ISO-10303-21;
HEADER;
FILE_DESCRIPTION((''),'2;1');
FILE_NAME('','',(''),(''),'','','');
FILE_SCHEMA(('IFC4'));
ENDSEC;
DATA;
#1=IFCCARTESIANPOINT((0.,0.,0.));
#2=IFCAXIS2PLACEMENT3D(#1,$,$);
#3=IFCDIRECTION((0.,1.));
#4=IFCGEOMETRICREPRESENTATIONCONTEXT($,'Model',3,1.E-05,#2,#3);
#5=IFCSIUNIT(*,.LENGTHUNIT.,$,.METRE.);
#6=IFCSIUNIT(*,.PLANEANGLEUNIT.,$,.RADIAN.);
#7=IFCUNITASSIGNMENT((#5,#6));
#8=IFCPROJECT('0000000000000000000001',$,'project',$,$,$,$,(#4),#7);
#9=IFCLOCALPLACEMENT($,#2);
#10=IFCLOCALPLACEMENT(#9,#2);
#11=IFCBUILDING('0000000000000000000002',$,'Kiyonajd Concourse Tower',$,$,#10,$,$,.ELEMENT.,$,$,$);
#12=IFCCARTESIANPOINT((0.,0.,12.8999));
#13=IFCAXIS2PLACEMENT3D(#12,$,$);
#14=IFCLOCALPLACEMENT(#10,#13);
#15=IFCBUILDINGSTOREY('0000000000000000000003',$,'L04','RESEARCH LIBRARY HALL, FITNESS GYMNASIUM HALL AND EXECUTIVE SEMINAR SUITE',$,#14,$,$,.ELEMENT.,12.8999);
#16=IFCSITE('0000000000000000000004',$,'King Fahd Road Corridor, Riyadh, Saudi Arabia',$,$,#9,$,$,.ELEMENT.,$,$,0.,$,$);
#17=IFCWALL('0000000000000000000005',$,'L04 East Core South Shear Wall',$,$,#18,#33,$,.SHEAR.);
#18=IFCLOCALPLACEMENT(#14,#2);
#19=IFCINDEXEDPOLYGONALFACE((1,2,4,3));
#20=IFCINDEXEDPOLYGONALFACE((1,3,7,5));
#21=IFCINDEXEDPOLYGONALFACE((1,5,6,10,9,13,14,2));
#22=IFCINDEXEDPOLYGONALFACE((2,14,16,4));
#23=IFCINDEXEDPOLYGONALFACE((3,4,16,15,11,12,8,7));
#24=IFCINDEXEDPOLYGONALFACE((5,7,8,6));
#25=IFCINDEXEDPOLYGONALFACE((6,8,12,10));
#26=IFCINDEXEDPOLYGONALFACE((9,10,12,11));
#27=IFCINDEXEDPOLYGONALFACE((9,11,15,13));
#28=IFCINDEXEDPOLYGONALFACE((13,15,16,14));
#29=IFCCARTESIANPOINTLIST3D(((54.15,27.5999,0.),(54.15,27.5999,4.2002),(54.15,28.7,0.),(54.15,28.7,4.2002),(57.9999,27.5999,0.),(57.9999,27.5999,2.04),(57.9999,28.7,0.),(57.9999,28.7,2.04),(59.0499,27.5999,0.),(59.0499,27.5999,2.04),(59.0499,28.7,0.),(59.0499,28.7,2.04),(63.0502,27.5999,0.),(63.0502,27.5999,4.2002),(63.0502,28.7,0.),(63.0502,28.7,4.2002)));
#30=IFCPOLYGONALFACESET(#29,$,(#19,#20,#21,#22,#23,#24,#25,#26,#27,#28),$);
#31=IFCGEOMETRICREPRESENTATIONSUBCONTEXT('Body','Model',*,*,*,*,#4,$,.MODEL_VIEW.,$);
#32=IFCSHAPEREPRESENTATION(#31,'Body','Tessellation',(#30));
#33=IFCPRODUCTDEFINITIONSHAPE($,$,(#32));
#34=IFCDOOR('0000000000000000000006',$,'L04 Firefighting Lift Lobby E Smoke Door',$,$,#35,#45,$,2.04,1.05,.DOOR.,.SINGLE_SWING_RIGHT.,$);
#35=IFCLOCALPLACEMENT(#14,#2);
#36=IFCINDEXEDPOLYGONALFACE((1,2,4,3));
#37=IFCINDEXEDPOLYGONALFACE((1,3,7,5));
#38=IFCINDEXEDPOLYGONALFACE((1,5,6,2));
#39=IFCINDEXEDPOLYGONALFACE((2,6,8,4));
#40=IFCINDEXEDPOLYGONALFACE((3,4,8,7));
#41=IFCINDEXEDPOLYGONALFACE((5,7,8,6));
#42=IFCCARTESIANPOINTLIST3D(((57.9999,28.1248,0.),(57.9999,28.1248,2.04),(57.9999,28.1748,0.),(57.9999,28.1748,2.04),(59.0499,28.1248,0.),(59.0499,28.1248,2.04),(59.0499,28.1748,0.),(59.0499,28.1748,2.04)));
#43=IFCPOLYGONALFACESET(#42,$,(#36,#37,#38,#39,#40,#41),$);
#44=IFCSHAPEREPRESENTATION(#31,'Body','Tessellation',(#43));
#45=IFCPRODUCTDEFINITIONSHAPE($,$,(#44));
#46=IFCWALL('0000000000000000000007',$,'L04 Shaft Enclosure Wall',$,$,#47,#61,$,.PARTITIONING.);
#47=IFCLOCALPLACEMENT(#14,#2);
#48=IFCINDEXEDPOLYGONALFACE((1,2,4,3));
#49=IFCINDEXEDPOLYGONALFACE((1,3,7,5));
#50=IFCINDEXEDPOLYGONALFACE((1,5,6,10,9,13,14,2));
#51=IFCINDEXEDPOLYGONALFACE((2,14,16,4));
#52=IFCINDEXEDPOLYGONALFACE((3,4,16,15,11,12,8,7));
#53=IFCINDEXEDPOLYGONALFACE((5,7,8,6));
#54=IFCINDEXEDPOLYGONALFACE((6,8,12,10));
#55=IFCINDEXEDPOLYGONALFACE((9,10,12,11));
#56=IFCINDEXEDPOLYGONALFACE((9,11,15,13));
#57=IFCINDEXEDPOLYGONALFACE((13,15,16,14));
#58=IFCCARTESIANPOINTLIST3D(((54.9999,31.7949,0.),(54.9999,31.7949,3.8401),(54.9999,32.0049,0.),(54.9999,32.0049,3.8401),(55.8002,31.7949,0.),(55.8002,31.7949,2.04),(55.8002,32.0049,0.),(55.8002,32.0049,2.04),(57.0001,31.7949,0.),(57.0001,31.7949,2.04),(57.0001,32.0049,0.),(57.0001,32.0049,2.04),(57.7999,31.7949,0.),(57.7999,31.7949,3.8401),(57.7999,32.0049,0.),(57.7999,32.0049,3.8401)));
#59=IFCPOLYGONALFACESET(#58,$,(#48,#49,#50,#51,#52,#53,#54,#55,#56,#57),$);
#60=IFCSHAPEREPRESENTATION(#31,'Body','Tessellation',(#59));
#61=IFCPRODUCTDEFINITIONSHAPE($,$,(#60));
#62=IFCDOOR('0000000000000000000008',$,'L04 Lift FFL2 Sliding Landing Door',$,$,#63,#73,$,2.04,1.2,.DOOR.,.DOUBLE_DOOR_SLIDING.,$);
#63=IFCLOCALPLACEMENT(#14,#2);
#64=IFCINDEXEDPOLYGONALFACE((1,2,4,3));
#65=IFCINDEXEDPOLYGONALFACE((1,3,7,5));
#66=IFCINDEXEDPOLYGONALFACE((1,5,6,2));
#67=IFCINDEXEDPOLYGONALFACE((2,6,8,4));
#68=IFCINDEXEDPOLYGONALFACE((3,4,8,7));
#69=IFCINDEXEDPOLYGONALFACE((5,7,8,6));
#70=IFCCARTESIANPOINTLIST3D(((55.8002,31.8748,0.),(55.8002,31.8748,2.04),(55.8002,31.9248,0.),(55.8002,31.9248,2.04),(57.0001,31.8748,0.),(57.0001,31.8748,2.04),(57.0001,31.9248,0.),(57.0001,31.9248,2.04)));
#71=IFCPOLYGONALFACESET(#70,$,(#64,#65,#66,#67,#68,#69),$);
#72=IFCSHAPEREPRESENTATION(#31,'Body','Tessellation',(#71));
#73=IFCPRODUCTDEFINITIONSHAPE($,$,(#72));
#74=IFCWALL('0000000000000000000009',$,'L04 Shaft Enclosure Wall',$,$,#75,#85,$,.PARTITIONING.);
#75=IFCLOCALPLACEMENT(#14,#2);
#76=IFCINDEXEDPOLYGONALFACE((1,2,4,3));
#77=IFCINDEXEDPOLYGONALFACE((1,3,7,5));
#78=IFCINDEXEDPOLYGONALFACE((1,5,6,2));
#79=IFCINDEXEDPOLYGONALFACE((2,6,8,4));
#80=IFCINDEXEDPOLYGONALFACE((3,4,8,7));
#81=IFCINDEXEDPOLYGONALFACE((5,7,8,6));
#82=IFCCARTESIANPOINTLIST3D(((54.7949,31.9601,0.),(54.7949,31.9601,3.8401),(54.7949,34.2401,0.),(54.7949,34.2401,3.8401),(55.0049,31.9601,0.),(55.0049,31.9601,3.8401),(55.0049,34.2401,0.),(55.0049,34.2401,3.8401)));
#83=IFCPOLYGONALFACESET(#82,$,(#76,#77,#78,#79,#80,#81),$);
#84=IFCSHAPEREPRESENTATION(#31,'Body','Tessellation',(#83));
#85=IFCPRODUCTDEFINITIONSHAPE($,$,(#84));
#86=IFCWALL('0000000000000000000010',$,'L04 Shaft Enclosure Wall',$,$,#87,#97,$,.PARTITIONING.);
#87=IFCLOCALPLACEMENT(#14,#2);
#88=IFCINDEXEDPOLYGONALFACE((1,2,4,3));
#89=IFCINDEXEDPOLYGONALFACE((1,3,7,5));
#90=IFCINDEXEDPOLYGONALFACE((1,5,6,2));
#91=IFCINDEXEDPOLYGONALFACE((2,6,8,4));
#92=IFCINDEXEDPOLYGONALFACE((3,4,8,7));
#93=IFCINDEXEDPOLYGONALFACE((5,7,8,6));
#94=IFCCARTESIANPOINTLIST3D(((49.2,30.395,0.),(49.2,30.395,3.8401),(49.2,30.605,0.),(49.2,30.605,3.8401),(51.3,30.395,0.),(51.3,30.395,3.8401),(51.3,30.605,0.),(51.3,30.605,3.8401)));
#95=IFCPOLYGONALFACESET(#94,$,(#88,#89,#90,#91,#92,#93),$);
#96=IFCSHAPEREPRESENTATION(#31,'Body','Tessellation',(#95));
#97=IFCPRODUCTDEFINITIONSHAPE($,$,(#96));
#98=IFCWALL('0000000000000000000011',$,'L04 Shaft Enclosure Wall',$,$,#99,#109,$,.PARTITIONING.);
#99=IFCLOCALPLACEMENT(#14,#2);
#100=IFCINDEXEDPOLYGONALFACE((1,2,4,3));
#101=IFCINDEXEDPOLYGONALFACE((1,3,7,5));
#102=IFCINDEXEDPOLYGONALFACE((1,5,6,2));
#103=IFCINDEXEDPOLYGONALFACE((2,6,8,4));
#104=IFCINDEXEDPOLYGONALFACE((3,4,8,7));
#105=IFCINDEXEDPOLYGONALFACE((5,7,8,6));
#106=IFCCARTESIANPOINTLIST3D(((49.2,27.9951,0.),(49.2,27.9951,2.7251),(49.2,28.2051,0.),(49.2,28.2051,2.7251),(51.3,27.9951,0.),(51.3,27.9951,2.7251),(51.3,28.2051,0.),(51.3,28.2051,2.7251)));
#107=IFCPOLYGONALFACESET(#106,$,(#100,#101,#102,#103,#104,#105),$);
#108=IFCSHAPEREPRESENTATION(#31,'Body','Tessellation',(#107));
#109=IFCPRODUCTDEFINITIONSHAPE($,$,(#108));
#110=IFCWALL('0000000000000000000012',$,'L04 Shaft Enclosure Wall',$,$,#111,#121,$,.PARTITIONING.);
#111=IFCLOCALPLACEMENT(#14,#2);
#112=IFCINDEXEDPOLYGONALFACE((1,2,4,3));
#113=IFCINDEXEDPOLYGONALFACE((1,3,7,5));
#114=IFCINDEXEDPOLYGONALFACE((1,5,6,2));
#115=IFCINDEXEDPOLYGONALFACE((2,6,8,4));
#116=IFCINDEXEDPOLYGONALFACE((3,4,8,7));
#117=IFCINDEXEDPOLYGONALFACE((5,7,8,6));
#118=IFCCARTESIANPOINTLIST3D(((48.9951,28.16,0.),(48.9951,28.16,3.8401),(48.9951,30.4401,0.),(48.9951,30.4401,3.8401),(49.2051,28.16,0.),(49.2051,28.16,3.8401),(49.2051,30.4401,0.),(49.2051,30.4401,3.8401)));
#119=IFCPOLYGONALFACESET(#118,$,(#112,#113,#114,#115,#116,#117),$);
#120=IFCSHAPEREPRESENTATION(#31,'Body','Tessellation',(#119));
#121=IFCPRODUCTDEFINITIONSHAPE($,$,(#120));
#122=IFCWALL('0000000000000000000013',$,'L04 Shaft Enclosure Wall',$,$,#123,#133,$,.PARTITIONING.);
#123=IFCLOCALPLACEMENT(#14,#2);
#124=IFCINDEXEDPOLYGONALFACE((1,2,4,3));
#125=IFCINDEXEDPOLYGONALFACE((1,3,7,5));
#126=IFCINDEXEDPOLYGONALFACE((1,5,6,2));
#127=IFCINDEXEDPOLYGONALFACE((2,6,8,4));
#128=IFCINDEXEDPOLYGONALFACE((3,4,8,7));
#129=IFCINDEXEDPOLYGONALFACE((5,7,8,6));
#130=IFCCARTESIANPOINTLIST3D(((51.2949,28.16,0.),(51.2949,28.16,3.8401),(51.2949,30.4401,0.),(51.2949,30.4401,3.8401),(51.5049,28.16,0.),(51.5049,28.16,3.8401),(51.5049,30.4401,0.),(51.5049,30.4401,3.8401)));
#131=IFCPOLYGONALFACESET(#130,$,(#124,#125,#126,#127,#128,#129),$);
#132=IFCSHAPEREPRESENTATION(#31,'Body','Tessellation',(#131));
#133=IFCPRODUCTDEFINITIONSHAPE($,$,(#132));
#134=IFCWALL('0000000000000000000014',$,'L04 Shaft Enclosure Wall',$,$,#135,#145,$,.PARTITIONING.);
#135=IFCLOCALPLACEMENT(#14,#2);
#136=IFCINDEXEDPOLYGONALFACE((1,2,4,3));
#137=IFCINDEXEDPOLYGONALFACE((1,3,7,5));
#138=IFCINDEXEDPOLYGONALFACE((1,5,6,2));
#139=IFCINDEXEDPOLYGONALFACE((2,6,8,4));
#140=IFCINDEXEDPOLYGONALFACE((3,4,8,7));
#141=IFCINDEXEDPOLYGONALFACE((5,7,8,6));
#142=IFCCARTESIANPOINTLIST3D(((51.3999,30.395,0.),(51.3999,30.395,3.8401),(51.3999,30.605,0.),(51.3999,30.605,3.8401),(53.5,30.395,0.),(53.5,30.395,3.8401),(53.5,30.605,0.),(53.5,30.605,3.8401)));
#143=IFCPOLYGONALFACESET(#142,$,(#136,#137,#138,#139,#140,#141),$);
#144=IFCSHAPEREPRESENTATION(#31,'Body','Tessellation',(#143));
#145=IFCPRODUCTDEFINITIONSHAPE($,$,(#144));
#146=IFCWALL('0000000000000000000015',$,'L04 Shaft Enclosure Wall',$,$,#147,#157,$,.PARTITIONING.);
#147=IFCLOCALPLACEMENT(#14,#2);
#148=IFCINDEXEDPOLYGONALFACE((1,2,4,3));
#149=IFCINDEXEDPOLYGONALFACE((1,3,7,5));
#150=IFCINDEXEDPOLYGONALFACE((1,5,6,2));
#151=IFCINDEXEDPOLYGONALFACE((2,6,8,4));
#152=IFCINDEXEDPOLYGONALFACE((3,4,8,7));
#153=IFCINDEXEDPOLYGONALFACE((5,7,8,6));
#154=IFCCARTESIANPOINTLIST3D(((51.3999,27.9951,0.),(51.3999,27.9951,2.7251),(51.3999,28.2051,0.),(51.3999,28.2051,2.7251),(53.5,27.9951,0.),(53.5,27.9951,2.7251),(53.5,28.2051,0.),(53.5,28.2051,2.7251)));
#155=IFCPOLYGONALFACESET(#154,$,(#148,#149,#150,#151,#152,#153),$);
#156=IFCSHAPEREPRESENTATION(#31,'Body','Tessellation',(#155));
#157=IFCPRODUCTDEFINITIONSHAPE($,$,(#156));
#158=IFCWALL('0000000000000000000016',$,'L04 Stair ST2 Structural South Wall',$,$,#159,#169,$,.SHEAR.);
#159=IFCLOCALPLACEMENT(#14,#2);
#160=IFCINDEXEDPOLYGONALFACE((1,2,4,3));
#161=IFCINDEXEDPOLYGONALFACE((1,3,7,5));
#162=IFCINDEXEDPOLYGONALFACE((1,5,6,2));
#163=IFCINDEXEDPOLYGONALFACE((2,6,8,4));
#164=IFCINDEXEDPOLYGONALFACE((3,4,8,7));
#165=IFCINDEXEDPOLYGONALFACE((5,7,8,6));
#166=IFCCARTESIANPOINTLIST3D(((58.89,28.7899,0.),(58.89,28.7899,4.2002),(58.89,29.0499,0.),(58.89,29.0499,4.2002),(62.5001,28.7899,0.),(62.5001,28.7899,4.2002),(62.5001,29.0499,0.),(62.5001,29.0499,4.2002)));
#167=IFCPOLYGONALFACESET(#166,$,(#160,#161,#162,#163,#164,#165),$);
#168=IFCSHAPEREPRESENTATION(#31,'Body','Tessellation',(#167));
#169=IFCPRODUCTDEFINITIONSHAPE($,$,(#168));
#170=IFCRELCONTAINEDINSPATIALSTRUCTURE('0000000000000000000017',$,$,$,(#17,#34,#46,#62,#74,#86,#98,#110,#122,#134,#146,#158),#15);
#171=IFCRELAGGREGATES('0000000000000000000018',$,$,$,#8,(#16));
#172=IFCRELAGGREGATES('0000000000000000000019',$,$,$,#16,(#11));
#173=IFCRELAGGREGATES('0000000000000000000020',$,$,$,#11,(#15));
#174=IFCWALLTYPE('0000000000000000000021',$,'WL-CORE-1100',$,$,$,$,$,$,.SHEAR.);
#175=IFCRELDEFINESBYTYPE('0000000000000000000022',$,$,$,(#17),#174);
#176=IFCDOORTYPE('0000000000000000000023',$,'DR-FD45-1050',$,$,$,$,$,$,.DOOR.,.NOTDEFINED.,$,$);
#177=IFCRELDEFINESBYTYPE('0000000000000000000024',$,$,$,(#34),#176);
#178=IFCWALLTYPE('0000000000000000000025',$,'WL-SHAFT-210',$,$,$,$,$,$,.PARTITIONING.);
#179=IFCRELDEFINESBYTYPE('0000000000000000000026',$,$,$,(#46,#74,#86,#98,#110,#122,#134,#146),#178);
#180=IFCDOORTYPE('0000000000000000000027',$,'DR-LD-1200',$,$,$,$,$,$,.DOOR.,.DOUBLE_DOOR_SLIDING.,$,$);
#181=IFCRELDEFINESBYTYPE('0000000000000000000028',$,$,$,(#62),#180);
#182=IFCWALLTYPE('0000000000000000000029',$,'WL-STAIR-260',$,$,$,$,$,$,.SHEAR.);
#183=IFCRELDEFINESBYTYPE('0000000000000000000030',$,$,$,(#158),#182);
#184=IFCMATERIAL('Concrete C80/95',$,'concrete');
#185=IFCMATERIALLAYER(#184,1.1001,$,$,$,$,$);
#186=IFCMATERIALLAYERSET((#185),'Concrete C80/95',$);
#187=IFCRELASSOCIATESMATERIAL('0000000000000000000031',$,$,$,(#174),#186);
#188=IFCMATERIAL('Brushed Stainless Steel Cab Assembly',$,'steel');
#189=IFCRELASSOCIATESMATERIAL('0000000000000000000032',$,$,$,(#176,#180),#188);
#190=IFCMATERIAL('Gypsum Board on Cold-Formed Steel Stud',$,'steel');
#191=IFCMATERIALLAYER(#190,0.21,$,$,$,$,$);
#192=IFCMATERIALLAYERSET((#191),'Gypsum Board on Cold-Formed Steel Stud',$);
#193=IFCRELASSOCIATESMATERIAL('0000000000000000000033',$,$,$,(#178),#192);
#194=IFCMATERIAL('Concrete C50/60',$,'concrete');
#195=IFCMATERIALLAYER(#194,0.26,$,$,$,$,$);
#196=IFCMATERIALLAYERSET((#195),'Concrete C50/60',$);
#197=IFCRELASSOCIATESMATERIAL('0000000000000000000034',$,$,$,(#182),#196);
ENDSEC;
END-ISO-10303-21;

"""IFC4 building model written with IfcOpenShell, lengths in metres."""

from ifc_helpers import new_model, si_unit, direction, frame, frame_2d, origin, place, context, subcontext, project, spatial, rectangle, extrude, material, layer, layer_set, type_object, element, fill, save


model = new_model("IFC4")

# Units and contexts
model_context = context("Model", 3, precision=1e-05, world=origin(), true_north=direction((0.0, 1.0)))
body_context = subcontext(model_context, "Body", "Model", "MODEL_VIEW")
ifc_project = project(units=[si_unit("LENGTHUNIT", "METRE"), si_unit("PLANEANGLEUNIT", "RADIAN")], contexts=[model_context])

# Site, building, storey
site_placement = place(None, origin())
site = spatial("IfcSite", under=ifc_project, at=site_placement, Name="King Fahd Road Corridor, Riyadh, Saudi Arabia", CompositionType="ELEMENT", RefElevation=0.0)
building_placement = place(site_placement, origin())
building = spatial("IfcBuilding", under=site, at=building_placement, Name="Kiyonajd Concourse Tower", CompositionType="ELEMENT")
storey_placement = place(building_placement, frame((0.0, 0.0, 12.8999)))
storey = spatial("IfcBuildingStorey", under=building, at=storey_placement, Name="L04", Description="RESEARCH LIBRARY HALL, FITNESS GYMNASIUM HALL AND EXECUTIVE SEMINAR SUITE", CompositionType="ELEMENT", Elevation=12.8999)

# Shared definitions
ifc_material_1 = material(Name="Concrete C80/95", Category="concrete")

# Shared definitions
ifc_material_2 = material(Name="Concrete C50/60", Category="concrete")

# Shared definitions
ifc_layer_1 = layer(ifc_material_1, 1.1001)
ifc_layer_set_1 = layer_set([ifc_layer_1], Name="Concrete C80/95")
wall_type_1 = type_object("IfcWallType", Name="WL-CORE-1100", PredefinedType="SHEAR", material=ifc_layer_set_1)

# Walls, openings, doors
wall_1_placement = place(storey_placement, frame((54.1499, 28.1499, 0.0), z_axis=(0.0, 0.0, 1.0), x_axis=(1.0, 0.0, 0.0)))
wall_1 = element("IfcWall", 1, at=wall_1_placement, inside=storey, type_object=wall_type_1, Name="L04 East Core South Shear Wall", PredefinedType="SHEAR", context=body_context, shape_type="SweptSolid", body=[
    extrude(rectangle(XDim=8.9001, YDim=1.1001, at=frame_2d((4.4502, 0.0))), origin(), (0.0, 0.0, 1.0), 4.2002),
])
opening_1_placement = place(wall_1_placement, frame((3.8501, 0.0, 0.0)))
opening_1 = element("IfcOpeningElement", 2, at=opening_1_placement, cuts=wall_1, PredefinedType="OPENING", context=body_context, shape_type="SweptSolid", body=[
    extrude(rectangle(XDim=1.05, YDim=2.04, at=frame_2d((0.5249, 1.02))), frame((0.0, 0.5601, 0.0), z_axis=(0.0, -1.0, 0.0), x_axis=(1.0, 0.0, 0.0)), (0.0, 0.0, 1.0), 1.1201),
])
ifc_material_3 = material(Name="Brushed Stainless Steel Cab Assembly", Category="steel")
door_type_1 = type_object("IfcDoorType", Name="DR-FD45-1050", OperationType="NOTDEFINED", PredefinedType="DOOR", material=ifc_material_3)
door_1_placement = place(opening_1_placement, origin())
door_1 = element("IfcDoor", 3, at=door_1_placement, inside=storey, type_object=door_type_1, Name="L04 Firefighting Lift Lobby E Smoke Door", OperationType="SINGLE_SWING_RIGHT", OverallHeight=2.04, OverallWidth=1.05, PredefinedType="DOOR", context=body_context, shape_type="SweptSolid", body=[
    extrude(rectangle(XDim=1.05, YDim=2.04, at=frame_2d((0.5249, 1.02))), frame((0.0, 0.0249, 0.0), z_axis=(0.0, -1.0, 0.0), x_axis=(1.0, 0.0, 0.0)), (0.0, 0.0, 1.0), 0.05),
])
fill(opening_1, door_1)
ifc_material_4 = material(Name="Gypsum Board on Cold-Formed Steel Stud", Category="steel")
ifc_layer_2 = layer(ifc_material_4, 0.21)
ifc_layer_set_2 = layer_set([ifc_layer_2], Name="Gypsum Board on Cold-Formed Steel Stud")
wall_type_2 = type_object("IfcWallType", Name="WL-SHAFT-210", PredefinedType="PARTITIONING", material=ifc_layer_set_2)
wall_2_placement = place(storey_placement, frame((55.0, 31.8999, 0.0), z_axis=(0.0, 0.0, 1.0), x_axis=(1.0, 0.0, 0.0)))
wall_2 = element("IfcWall", 4, at=wall_2_placement, inside=storey, type_object=wall_type_2, Name="L04 Shaft Enclosure Wall", PredefinedType="PARTITIONING", context=body_context, shape_type="SweptSolid", body=[
    extrude(rectangle(XDim=2.8, YDim=0.21, at=frame_2d((1.3999, 0.0))), origin(), (0.0, 0.0, 1.0), 3.8401),
])
opening_2_placement = place(wall_2_placement, frame((0.8, 0.0, 0.0)))
opening_2 = element("IfcOpeningElement", 5, at=opening_2_placement, cuts=wall_2, PredefinedType="OPENING", context=body_context, shape_type="SweptSolid", body=[
    extrude(rectangle(XDim=1.2, YDim=2.04, at=frame_2d((0.6001, 1.02))), frame((0.0, 0.115, 0.0), z_axis=(0.0, -1.0, 0.0), x_axis=(1.0, 0.0, 0.0)), (0.0, 0.0, 1.0), 0.23),
])
door_type_2 = type_object("IfcDoorType", Name="DR-LD-1200", OperationType="DOUBLE_DOOR_SLIDING", PredefinedType="DOOR", material=ifc_material_3)
door_2_placement = place(opening_2_placement, origin())
door_2 = element("IfcDoor", 6, at=door_2_placement, inside=storey, type_object=door_type_2, Name="L04 Lift FFL2 Sliding Landing Door", OperationType="DOUBLE_DOOR_SLIDING", OverallHeight=2.04, OverallWidth=1.2, PredefinedType="DOOR", context=body_context, shape_type="SweptSolid", body=[
    extrude(rectangle(XDim=1.2, YDim=2.04, at=frame_2d((0.6001, 1.02))), frame((0.0, 0.0249, 0.0), z_axis=(0.0, -1.0, 0.0), x_axis=(1.0, 0.0, 0.0)), (0.0, 0.0, 1.0), 0.05),
])
fill(opening_2, door_2)

# Walls
wall_3_placement = place(storey_placement, frame((54.8999, 31.96, 0.0), z_axis=(0.0, 0.0, 1.0), x_axis=(0.0, 1.0, 0.0)))
element("IfcWall", 7, at=wall_3_placement, inside=storey, type_object=wall_type_2, Name="L04 Shaft Enclosure Wall", PredefinedType="PARTITIONING", context=body_context, shape_type="SweptSolid", body=[
    extrude(rectangle(XDim=2.28, YDim=0.21, at=frame_2d((1.1401, 0.0))), origin(), (0.0, 0.0, 1.0), 3.8401),
])
wall_4_placement = place(storey_placement, frame((49.2, 30.5, 0.0), z_axis=(0.0, 0.0, 1.0), x_axis=(1.0, 0.0, 0.0)))
element("IfcWall", 8, at=wall_4_placement, inside=storey, type_object=wall_type_2, Name="L04 Shaft Enclosure Wall", PredefinedType="PARTITIONING", context=body_context, shape_type="SweptSolid", body=[
    extrude(rectangle(XDim=2.1001, YDim=0.21, at=frame_2d((1.05, 0.0))), origin(), (0.0, 0.0, 1.0), 3.8401),
])
wall_5_placement = place(storey_placement, frame((49.2, 28.1001, 0.0), z_axis=(0.0, 0.0, 1.0), x_axis=(1.0, 0.0, 0.0)))
element("IfcWall", 9, at=wall_5_placement, inside=storey, type_object=wall_type_2, Name="L04 Shaft Enclosure Wall", PredefinedType="PARTITIONING", context=body_context, shape_type="SweptSolid", body=[
    extrude(rectangle(XDim=2.1001, YDim=0.21, at=frame_2d((1.05, 0.0))), origin(), (0.0, 0.0, 1.0), 2.7251),
])
for number, where, z_axis, x_axis, name in (
    (10, (49.1001, 28.1599, 0.0), (0.0, 0.0, 1.0), (0.0, 1.0, 0.0), "L04 Shaft Enclosure Wall"),
    (11, (51.3999, 28.1599, 0.0), (0.0, 0.0, 1.0), (0.0, 1.0, 0.0), "L04 Shaft Enclosure Wall"),
):
    element("IfcWall", number, at=place(storey_placement, frame(where, z_axis=z_axis, x_axis=x_axis)), inside=storey, type_object=wall_type_2, Name=name, PredefinedType="PARTITIONING", context=body_context, shape_type="SweptSolid", body=[
        extrude(rectangle(XDim=2.28, YDim=0.21, at=frame_2d((1.1401, 0.0))), origin(), (0.0, 0.0, 1.0), 3.8401),
    ])
wall_6_placement = place(storey_placement, frame((51.3999, 30.5, 0.0), z_axis=(0.0, 0.0, 1.0), x_axis=(1.0, 0.0, 0.0)))
element("IfcWall", 12, at=wall_6_placement, inside=storey, type_object=wall_type_2, Name="L04 Shaft Enclosure Wall", PredefinedType="PARTITIONING", context=body_context, shape_type="SweptSolid", body=[
    extrude(rectangle(XDim=2.1001, YDim=0.21, at=frame_2d((1.05, 0.0))), origin(), (0.0, 0.0, 1.0), 3.8401),
])
wall_7_placement = place(storey_placement, frame((51.3999, 28.1001, 0.0), z_axis=(0.0, 0.0, 1.0), x_axis=(1.0, 0.0, 0.0)))
element("IfcWall", 13, at=wall_7_placement, inside=storey, type_object=wall_type_2, Name="L04 Shaft Enclosure Wall", PredefinedType="PARTITIONING", context=body_context, shape_type="SweptSolid", body=[
    extrude(rectangle(XDim=2.1001, YDim=0.21, at=frame_2d((1.05, 0.0))), origin(), (0.0, 0.0, 1.0), 2.7251),
])
ifc_layer_3 = layer(ifc_material_2, 0.26)
ifc_layer_set_3 = layer_set([ifc_layer_3], Name="Concrete C50/60")
wall_type_3 = type_object("IfcWallType", Name="WL-STAIR-260", PredefinedType="SHEAR", material=ifc_layer_set_3)
wall_8_placement = place(storey_placement, frame((58.8899, 28.9199, 0.0), z_axis=(0.0, 0.0, 1.0), x_axis=(1.0, 0.0, 0.0)))
element("IfcWall", 14, at=wall_8_placement, inside=storey, type_object=wall_type_3, Name="L04 Stair ST2 Structural South Wall", PredefinedType="SHEAR", context=body_context, shape_type="SweptSolid", body=[
    extrude(rectangle(XDim=3.6101, YDim=0.26, at=frame_2d((1.8052, 0.0))), origin(), (0.0, 0.0, 1.0), 4.2002),
])

save(model, "model.ifc")
